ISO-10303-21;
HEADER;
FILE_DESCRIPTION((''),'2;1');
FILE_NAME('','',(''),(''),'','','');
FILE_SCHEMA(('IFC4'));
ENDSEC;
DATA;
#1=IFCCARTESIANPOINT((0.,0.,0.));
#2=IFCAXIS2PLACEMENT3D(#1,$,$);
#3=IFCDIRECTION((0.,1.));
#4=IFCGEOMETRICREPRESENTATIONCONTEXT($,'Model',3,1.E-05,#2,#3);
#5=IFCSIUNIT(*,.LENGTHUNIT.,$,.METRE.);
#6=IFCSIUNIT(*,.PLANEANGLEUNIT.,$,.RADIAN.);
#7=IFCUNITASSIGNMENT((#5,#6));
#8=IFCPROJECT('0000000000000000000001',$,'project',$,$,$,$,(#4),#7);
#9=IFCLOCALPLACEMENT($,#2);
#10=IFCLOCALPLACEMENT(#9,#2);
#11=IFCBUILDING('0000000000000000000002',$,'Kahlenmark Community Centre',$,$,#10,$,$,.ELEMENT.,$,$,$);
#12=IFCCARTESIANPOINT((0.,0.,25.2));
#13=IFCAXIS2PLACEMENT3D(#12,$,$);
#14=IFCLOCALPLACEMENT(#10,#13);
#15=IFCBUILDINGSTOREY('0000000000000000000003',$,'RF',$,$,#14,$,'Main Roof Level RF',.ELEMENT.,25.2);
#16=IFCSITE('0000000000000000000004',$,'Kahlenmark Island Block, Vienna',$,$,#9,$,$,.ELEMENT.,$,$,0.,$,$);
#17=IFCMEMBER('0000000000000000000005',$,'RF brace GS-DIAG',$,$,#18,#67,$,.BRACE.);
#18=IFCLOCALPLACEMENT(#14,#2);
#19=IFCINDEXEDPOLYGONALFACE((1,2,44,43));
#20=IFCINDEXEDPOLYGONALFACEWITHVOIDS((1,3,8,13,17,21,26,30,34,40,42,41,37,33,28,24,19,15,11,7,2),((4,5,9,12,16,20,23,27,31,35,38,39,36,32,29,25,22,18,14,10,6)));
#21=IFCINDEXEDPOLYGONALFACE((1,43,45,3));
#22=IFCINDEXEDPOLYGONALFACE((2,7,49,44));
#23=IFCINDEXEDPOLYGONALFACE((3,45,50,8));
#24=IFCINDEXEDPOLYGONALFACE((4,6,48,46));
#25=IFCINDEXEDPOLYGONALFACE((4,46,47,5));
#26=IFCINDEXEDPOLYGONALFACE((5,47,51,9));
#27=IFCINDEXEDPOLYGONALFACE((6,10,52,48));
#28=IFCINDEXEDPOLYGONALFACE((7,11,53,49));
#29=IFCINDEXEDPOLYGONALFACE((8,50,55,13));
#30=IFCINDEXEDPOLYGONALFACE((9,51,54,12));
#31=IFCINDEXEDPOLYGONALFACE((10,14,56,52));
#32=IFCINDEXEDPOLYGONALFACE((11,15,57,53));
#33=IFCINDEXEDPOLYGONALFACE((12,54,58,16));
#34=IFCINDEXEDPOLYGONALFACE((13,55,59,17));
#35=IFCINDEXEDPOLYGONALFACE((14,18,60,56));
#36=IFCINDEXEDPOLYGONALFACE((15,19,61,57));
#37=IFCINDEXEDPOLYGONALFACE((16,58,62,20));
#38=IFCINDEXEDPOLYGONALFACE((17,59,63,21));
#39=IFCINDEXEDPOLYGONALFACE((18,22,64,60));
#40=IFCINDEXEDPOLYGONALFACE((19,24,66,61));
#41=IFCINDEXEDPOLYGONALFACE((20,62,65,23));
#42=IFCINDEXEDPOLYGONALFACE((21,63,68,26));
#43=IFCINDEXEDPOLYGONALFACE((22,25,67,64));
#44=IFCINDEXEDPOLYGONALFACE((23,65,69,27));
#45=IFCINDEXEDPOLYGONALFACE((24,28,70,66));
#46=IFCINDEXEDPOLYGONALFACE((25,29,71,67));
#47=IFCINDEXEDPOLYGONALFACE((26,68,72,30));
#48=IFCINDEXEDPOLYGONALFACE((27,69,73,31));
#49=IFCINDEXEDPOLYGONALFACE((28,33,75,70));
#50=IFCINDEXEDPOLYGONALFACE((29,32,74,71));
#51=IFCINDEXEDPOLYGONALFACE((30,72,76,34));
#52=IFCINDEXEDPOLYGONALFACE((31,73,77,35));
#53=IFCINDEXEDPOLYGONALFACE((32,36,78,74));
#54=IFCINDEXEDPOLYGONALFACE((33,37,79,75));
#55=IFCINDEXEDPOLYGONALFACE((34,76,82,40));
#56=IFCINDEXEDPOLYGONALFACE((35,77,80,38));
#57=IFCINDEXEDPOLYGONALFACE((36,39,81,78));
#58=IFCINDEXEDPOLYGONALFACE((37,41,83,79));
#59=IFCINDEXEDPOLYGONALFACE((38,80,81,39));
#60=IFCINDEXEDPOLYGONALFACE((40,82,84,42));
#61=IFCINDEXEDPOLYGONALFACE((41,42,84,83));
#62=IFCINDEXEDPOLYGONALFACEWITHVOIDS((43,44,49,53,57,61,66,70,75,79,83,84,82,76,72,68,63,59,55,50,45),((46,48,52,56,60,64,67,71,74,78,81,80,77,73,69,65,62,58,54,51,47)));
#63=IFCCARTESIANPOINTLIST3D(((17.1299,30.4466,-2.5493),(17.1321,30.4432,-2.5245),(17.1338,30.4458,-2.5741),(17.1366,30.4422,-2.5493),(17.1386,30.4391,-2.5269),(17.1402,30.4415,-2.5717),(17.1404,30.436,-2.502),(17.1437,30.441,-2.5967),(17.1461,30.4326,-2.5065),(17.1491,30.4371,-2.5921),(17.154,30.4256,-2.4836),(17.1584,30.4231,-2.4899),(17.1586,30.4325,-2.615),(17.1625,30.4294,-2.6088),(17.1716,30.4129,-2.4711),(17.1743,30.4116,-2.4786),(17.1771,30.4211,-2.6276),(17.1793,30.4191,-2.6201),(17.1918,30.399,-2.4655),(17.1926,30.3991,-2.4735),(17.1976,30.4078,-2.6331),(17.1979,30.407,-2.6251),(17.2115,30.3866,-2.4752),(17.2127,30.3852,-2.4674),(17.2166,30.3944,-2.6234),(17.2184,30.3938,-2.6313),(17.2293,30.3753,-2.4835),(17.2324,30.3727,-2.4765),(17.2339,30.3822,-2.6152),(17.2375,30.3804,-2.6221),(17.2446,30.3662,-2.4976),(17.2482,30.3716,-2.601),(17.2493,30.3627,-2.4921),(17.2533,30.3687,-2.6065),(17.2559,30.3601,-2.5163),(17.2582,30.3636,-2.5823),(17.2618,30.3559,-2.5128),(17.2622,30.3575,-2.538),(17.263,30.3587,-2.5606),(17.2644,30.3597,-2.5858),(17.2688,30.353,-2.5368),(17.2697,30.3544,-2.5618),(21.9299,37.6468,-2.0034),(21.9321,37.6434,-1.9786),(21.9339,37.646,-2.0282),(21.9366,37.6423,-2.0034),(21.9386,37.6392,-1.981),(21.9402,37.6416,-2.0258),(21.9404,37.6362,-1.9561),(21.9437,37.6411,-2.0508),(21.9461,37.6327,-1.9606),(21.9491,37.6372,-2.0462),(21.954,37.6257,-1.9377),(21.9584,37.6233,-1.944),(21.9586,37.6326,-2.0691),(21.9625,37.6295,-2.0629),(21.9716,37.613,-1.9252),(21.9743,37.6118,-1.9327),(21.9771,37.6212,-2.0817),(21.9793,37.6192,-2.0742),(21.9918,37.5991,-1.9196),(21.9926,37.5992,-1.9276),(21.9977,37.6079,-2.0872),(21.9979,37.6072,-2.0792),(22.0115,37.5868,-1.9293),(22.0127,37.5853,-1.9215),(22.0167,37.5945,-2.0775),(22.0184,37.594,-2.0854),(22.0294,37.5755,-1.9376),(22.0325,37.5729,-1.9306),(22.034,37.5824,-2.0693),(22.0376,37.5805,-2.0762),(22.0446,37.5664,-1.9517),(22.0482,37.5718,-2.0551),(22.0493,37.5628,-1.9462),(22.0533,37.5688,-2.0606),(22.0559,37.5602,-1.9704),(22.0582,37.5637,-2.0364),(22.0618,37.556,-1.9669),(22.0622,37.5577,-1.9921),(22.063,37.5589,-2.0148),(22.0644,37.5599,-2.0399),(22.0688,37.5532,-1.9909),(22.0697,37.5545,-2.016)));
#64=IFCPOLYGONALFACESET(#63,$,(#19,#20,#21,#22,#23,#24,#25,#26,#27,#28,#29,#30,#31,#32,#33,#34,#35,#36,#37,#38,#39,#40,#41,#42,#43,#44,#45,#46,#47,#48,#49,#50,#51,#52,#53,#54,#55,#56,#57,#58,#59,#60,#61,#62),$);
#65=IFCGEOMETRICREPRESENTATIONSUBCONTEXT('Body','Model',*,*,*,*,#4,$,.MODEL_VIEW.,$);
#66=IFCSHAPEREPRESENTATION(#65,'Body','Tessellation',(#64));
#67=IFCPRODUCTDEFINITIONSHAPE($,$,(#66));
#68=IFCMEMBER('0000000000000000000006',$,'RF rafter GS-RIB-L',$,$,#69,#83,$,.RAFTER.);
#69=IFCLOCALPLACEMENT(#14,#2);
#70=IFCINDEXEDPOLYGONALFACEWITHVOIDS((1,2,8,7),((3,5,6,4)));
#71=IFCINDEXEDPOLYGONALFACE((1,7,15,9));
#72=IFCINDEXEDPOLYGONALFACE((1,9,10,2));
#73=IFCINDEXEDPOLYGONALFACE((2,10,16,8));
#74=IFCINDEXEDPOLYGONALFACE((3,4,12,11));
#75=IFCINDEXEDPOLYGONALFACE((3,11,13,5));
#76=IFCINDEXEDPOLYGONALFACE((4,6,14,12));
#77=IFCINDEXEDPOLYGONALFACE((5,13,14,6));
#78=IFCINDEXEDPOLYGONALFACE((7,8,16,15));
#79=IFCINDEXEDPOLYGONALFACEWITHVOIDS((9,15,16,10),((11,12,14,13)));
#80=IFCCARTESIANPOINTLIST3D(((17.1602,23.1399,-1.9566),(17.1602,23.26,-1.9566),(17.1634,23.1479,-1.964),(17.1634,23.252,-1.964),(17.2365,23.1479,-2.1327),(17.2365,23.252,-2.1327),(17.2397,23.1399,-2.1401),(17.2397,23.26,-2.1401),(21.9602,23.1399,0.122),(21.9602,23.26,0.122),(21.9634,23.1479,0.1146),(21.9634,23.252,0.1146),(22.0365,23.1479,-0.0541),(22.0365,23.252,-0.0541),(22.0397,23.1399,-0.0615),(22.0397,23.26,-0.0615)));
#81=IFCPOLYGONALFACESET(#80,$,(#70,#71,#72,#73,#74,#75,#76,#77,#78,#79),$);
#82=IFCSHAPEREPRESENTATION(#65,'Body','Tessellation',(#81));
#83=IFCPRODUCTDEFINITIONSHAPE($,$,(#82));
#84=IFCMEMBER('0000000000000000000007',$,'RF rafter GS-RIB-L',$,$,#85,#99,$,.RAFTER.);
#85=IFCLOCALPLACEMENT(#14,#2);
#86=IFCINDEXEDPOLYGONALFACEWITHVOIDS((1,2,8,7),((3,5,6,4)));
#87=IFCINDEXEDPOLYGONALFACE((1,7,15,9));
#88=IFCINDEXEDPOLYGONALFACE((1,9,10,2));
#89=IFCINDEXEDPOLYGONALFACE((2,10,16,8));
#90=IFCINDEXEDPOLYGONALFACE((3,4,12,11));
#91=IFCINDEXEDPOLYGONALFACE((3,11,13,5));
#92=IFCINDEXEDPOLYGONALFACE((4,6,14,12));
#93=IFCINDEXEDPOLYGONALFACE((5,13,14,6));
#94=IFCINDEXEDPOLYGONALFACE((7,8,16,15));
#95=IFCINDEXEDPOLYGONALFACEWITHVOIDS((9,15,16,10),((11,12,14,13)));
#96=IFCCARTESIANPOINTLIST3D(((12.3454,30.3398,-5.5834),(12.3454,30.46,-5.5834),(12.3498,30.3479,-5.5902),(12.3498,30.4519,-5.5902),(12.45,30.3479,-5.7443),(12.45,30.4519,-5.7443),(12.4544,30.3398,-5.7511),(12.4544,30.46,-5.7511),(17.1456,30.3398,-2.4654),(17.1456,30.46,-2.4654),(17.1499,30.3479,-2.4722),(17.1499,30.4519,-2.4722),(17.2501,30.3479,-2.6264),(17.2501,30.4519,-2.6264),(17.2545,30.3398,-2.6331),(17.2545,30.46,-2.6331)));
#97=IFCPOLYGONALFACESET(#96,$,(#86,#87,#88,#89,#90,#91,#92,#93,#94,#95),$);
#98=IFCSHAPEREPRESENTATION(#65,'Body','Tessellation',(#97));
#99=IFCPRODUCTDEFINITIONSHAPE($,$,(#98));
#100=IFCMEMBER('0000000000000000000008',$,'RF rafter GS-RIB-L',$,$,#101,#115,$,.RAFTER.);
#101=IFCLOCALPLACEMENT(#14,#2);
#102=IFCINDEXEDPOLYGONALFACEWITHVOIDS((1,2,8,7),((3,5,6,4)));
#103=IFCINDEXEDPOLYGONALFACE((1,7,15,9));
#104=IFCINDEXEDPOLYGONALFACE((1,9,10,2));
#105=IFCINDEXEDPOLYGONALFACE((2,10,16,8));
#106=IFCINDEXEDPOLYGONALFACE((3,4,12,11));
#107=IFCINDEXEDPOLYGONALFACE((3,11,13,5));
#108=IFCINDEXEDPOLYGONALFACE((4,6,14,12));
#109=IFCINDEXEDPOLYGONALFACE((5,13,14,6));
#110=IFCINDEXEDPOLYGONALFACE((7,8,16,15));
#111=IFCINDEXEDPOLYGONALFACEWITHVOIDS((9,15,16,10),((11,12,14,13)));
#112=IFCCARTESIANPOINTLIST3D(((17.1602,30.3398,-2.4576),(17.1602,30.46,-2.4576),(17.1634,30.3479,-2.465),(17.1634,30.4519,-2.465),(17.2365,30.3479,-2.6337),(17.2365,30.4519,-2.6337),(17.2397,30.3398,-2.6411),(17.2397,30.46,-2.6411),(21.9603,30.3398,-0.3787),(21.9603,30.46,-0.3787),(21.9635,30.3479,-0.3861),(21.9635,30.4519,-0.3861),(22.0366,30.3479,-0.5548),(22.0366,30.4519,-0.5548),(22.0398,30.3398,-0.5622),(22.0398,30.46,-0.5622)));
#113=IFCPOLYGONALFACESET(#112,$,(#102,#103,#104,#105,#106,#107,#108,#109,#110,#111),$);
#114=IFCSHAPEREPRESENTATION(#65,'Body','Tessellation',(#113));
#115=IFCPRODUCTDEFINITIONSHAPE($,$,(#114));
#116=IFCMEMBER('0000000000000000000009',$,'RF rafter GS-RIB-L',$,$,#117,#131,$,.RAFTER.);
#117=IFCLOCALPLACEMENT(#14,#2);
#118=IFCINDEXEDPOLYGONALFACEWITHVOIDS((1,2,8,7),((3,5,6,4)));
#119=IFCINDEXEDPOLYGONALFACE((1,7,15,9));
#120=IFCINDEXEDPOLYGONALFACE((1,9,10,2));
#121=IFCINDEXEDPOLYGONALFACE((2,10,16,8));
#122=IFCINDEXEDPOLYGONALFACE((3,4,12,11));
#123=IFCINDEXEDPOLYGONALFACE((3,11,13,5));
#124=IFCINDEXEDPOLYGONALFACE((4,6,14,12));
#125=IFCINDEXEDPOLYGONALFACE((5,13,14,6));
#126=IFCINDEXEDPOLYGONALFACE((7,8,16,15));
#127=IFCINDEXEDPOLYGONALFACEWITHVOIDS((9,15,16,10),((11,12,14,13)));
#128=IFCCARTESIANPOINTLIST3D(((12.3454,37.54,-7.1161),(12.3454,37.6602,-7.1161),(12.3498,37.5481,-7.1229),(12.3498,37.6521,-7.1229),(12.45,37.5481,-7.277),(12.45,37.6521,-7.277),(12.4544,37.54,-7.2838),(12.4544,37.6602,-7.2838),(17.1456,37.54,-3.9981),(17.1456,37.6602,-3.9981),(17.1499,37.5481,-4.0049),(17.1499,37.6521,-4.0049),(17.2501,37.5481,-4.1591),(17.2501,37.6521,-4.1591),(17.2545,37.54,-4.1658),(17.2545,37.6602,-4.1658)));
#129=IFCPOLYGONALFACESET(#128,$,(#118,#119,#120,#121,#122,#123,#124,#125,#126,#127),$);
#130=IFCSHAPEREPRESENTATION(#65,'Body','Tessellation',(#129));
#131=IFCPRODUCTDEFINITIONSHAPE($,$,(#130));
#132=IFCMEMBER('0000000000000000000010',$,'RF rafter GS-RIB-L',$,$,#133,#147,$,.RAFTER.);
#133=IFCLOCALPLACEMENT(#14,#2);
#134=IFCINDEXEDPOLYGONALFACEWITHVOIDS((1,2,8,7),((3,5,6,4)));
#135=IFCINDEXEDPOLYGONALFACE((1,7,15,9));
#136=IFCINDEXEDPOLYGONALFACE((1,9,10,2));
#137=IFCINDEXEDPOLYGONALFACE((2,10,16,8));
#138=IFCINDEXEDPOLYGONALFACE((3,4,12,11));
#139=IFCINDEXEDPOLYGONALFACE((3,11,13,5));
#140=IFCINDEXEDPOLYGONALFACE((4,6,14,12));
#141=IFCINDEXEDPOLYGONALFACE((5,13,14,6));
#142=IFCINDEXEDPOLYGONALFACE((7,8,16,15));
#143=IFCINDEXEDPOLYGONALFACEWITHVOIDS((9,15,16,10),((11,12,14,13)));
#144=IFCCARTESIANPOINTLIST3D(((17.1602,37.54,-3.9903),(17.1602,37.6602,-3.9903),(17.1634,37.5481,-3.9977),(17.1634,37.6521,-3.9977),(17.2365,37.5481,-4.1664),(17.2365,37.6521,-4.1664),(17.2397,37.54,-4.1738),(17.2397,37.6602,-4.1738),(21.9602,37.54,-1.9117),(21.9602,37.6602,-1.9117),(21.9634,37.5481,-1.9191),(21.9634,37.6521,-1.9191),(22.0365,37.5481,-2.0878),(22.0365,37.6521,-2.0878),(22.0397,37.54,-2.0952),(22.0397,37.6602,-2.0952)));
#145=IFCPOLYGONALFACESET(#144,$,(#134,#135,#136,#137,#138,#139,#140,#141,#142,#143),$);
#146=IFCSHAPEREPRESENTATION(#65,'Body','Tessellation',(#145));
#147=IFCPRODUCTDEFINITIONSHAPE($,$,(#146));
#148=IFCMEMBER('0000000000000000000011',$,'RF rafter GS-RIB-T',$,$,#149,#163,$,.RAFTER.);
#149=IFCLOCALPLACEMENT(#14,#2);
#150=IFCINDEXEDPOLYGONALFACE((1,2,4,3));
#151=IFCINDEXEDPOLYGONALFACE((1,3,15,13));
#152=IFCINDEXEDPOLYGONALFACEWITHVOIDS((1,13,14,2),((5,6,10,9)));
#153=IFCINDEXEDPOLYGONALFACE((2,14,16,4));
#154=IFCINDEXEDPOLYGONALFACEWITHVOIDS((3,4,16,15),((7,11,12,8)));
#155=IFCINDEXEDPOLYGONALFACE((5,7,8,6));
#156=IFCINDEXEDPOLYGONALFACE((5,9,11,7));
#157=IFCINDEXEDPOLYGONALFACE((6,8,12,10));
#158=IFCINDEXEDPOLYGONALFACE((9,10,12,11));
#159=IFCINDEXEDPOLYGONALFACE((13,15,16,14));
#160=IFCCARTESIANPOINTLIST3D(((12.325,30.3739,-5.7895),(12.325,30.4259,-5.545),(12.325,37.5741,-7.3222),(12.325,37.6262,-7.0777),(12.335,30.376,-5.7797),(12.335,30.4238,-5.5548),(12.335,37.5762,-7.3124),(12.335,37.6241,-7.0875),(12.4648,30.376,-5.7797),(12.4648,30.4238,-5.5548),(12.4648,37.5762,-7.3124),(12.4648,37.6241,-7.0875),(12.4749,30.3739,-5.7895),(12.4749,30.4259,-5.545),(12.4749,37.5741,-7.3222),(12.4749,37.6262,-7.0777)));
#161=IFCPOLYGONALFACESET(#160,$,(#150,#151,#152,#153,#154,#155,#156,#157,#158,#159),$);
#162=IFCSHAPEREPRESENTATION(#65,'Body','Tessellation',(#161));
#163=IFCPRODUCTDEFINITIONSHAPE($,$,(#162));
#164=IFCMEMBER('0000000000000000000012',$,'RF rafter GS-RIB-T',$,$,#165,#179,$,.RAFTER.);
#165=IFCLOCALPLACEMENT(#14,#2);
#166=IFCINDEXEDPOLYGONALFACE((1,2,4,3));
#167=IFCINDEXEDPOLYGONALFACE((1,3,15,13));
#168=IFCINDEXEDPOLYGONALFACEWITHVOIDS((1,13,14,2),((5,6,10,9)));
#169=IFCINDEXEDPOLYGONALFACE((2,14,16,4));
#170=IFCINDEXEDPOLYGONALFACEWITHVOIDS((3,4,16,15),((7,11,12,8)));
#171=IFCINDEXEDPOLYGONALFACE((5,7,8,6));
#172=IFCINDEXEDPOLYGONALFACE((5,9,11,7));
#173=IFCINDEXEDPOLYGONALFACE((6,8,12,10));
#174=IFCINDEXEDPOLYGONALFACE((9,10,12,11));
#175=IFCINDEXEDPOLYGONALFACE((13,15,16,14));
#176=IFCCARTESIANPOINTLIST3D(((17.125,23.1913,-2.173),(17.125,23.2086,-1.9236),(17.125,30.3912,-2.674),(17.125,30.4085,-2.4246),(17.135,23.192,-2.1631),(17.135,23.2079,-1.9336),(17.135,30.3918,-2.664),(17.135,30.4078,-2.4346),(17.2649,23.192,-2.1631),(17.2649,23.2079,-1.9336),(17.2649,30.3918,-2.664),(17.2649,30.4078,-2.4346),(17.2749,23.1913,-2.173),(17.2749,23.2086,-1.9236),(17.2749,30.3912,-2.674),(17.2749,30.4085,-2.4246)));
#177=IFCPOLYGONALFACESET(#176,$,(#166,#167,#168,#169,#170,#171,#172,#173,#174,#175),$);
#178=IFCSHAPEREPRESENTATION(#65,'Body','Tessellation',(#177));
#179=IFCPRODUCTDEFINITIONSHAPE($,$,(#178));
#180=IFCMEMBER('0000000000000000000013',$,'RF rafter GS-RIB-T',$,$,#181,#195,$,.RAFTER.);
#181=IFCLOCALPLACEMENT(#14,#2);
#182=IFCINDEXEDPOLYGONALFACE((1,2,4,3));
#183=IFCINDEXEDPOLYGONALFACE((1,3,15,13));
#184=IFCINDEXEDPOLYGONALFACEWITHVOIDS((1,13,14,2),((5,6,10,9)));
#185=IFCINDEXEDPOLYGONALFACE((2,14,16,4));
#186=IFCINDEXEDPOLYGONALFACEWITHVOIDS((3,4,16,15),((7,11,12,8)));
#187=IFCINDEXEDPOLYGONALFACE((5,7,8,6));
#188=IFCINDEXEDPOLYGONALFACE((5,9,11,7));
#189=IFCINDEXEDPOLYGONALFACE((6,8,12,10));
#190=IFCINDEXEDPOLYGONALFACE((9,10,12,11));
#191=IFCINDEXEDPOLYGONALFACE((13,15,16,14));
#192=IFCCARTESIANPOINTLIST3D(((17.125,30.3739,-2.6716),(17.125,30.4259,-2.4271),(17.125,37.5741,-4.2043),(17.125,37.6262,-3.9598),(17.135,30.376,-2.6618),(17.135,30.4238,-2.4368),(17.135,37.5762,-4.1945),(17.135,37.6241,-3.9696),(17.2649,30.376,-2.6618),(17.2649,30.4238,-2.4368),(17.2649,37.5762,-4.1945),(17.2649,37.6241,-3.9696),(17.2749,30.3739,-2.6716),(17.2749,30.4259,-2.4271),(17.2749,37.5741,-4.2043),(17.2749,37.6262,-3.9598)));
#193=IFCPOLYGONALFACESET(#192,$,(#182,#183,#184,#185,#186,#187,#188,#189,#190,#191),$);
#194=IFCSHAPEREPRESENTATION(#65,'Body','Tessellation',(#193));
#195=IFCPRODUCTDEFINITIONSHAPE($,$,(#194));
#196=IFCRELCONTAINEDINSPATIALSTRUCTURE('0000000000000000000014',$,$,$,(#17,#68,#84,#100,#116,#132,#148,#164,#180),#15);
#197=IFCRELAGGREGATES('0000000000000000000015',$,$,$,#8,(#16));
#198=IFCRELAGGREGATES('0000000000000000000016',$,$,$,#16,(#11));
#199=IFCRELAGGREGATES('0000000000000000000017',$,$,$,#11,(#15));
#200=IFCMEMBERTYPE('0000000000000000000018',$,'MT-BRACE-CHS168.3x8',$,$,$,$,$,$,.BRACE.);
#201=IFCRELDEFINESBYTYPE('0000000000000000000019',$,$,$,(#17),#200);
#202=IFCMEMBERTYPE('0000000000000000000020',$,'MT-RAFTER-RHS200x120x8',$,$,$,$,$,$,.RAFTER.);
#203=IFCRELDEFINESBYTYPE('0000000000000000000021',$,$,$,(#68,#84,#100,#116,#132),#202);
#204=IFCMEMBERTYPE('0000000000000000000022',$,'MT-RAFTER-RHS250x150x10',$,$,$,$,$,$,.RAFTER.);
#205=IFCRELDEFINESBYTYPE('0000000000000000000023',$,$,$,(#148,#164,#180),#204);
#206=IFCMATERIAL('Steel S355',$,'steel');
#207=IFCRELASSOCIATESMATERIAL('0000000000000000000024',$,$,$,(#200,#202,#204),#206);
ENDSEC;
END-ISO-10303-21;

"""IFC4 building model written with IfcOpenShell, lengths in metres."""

from ifc_helpers import new_model, si_unit, direction, frame, origin, origin_2d, place, context, subcontext, project, spatial, hollow_rectangle, hollow_circle, extrude, material, material_profile, profile_set, type_object, element, save


model = new_model("IFC4")

# Units and contexts
model_context = context("Model", 3, precision=1e-05, world=origin(), true_north=direction((0.0, 1.0)))
body_context = subcontext(model_context, "Body", "Model", "MODEL_VIEW")
ifc_project = project(units=[si_unit("LENGTHUNIT", "METRE"), si_unit("PLANEANGLEUNIT", "RADIAN")], contexts=[model_context])

# Site, building, storey
site_placement = place(None, origin())
site = spatial("IfcSite", under=ifc_project, at=site_placement, Name="Kahlenmark Island Block, Vienna", CompositionType="ELEMENT", RefElevation=0.0)
building_placement = place(site_placement, origin())
building = spatial("IfcBuilding", under=site, at=building_placement, Name="Kahlenmark Community Centre", CompositionType="ELEMENT")
storey_placement = place(building_placement, frame((0.0, 0.0, 25.2)))
storey = spatial("IfcBuildingStorey", under=building, at=storey_placement, Name="RF", LongName="Main Roof Level RF", CompositionType="ELEMENT", Elevation=25.2)

# Members
ifc_material_1 = material(Name="Steel S355", Category="steel")
ifc_material_profile_1 = material_profile(ifc_material_1, hollow_circle(Radius=0.0842, WallThickness=0.0081, at=origin_2d()), Name="CHS 168.3x8")
ifc_profile_set_1 = profile_set([ifc_material_profile_1], Name="Steel S355")
member_type_1 = type_object("IfcMemberType", Name="MT-BRACE-CHS168.3x8", PredefinedType="BRACE", material=ifc_profile_set_1)
member_1_placement = place(storey_placement, frame((17.2, 30.3999, -2.5493), z_axis=(0.553593, 0.830404, 0.062959), x_axis=(-0.832055, 0.554694, 0.0)))
element("IfcMember", 1, at=member_1_placement, inside=storey, type_object=member_type_1, Name="RF brace GS-DIAG", PredefinedType="BRACE", context=body_context, shape_type="SweptSolid", body=[
    extrude(hollow_circle(Radius=0.0842, WallThickness=0.0081, at=origin_2d()), origin(), (0.0, 0.0, 1.0), 8.6707),
])
ifc_material_profile_2 = material_profile(ifc_material_1, hollow_rectangle(XDim=0.1201, YDim=0.2, WallThickness=0.0081, at=origin_2d()), Name="RHS 200x120x8")
ifc_profile_set_2 = profile_set([ifc_material_profile_2], Name="Steel S355")
member_type_2 = type_object("IfcMemberType", Name="MT-RAFTER-RHS200x120x8", PredefinedType="RAFTER", material=ifc_profile_set_2)
member_2_placement = place(storey_placement, frame((17.2, 23.2, -2.0483), z_axis=(0.917654, 0.0, 0.397381), x_axis=(0.0, 1.0, 0.0)))
element("IfcMember", 2, at=member_2_placement, inside=storey, type_object=member_type_2, Name="RF rafter GS-RIB-L", PredefinedType="RAFTER", context=body_context, shape_type="SweptSolid", body=[
    extrude(hollow_rectangle(XDim=0.1201, YDim=0.2, WallThickness=0.0081, at=origin_2d()), origin(), (0.0, 0.0, 1.0), 5.2307),
])
member_3_placement = place(storey_placement, frame((12.3999, 30.3999, -5.6672), z_axis=(0.838612, 0.0, 0.544729), x_axis=(0.0, 1.0, 0.0)))
element("IfcMember", 3, at=member_3_placement, inside=storey, type_object=member_type_2, Name="RF rafter GS-RIB-L", PredefinedType="RAFTER", context=body_context, shape_type="SweptSolid", body=[
    extrude(hollow_rectangle(XDim=0.1201, YDim=0.2, WallThickness=0.0081, at=origin_2d()), origin(), (0.0, 0.0, 1.0), 5.7239),
])
member_4_placement = place(storey_placement, frame((17.2, 30.3999, -2.5493), z_axis=(0.917637, 0.0, 0.39742), x_axis=(0.0, 1.0, 0.0)))
element("IfcMember", 4, at=member_4_placement, inside=storey, type_object=member_type_2, Name="RF rafter GS-RIB-L", PredefinedType="RAFTER", context=body_context, shape_type="SweptSolid", body=[
    extrude(hollow_rectangle(XDim=0.1201, YDim=0.2, WallThickness=0.0081, at=origin_2d()), origin(), (0.0, 0.0, 1.0), 5.231),
])
member_5_placement = place(storey_placement, frame((12.3999, 37.6001, -7.2), z_axis=(0.838612, 0.0, 0.544729), x_axis=(0.0, 1.0, 0.0)))
element("IfcMember", 5, at=member_5_placement, inside=storey, type_object=member_type_2, Name="RF rafter GS-RIB-L", PredefinedType="RAFTER", context=body_context, shape_type="SweptSolid", body=[
    extrude(hollow_rectangle(XDim=0.1201, YDim=0.2, WallThickness=0.0081, at=origin_2d()), origin(), (0.0, 0.0, 1.0), 5.7239),
])
member_6_placement = place(storey_placement, frame((17.2, 37.6001, -4.082), z_axis=(0.917654, 0.0, 0.397381), x_axis=(0.0, 1.0, 0.0)))
element("IfcMember", 6, at=member_6_placement, inside=storey, type_object=member_type_2, Name="RF rafter GS-RIB-L", PredefinedType="RAFTER", context=body_context, shape_type="SweptSolid", body=[
    extrude(hollow_rectangle(XDim=0.1201, YDim=0.2, WallThickness=0.0081, at=origin_2d()), origin(), (0.0, 0.0, 1.0), 5.2307),
])
ifc_material_profile_3 = material_profile(ifc_material_1, hollow_rectangle(XDim=0.1499, YDim=0.25, WallThickness=0.01, at=origin_2d()), Name="RHS 250x150x10")
ifc_profile_set_3 = profile_set([ifc_material_profile_3], Name="Steel S355")
member_type_3 = type_object("IfcMemberType", Name="MT-RAFTER-RHS250x150x10", PredefinedType="RAFTER", material=ifc_profile_set_3)
member_7_placement = place(storey_placement, frame((12.3999, 30.3999, -5.6672), z_axis=(0.0, 0.978085, -0.208206), x_axis=(-1.0, 0.0, 0.0)))
element("IfcMember", 7, at=member_7_placement, inside=storey, type_object=member_type_3, Name="RF rafter GS-RIB-T", PredefinedType="RAFTER", context=body_context, shape_type="SweptSolid", body=[
    extrude(hollow_rectangle(XDim=0.1499, YDim=0.25, WallThickness=0.01, at=origin_2d()), origin(), (0.0, 0.0, 1.0), 7.3616),
])
member_8_placement = place(storey_placement, frame((17.2, 23.2, -2.0483), z_axis=(0.0, 0.997588, -0.069413), x_axis=(-1.0, 0.0, 0.0)))
element("IfcMember", 8, at=member_8_placement, inside=storey, type_object=member_type_3, Name="RF rafter GS-RIB-T", PredefinedType="RAFTER", context=body_context, shape_type="SweptSolid", body=[
    extrude(hollow_rectangle(XDim=0.1499, YDim=0.25, WallThickness=0.01, at=origin_2d()), origin(), (0.0, 0.0, 1.0), 7.2173),
])
member_9_placement = place(storey_placement, frame((17.2, 30.3999, -2.5493), z_axis=(0.0, 0.978085, -0.208206), x_axis=(-1.0, 0.0, 0.0)))
element("IfcMember", 9, at=member_9_placement, inside=storey, type_object=member_type_3, Name="RF rafter GS-RIB-T", PredefinedType="RAFTER", context=body_context, shape_type="SweptSolid", body=[
    extrude(hollow_rectangle(XDim=0.1499, YDim=0.25, WallThickness=0.01, at=origin_2d()), origin(), (0.0, 0.0, 1.0), 7.3616),
])

save(model, "model.ifc")
